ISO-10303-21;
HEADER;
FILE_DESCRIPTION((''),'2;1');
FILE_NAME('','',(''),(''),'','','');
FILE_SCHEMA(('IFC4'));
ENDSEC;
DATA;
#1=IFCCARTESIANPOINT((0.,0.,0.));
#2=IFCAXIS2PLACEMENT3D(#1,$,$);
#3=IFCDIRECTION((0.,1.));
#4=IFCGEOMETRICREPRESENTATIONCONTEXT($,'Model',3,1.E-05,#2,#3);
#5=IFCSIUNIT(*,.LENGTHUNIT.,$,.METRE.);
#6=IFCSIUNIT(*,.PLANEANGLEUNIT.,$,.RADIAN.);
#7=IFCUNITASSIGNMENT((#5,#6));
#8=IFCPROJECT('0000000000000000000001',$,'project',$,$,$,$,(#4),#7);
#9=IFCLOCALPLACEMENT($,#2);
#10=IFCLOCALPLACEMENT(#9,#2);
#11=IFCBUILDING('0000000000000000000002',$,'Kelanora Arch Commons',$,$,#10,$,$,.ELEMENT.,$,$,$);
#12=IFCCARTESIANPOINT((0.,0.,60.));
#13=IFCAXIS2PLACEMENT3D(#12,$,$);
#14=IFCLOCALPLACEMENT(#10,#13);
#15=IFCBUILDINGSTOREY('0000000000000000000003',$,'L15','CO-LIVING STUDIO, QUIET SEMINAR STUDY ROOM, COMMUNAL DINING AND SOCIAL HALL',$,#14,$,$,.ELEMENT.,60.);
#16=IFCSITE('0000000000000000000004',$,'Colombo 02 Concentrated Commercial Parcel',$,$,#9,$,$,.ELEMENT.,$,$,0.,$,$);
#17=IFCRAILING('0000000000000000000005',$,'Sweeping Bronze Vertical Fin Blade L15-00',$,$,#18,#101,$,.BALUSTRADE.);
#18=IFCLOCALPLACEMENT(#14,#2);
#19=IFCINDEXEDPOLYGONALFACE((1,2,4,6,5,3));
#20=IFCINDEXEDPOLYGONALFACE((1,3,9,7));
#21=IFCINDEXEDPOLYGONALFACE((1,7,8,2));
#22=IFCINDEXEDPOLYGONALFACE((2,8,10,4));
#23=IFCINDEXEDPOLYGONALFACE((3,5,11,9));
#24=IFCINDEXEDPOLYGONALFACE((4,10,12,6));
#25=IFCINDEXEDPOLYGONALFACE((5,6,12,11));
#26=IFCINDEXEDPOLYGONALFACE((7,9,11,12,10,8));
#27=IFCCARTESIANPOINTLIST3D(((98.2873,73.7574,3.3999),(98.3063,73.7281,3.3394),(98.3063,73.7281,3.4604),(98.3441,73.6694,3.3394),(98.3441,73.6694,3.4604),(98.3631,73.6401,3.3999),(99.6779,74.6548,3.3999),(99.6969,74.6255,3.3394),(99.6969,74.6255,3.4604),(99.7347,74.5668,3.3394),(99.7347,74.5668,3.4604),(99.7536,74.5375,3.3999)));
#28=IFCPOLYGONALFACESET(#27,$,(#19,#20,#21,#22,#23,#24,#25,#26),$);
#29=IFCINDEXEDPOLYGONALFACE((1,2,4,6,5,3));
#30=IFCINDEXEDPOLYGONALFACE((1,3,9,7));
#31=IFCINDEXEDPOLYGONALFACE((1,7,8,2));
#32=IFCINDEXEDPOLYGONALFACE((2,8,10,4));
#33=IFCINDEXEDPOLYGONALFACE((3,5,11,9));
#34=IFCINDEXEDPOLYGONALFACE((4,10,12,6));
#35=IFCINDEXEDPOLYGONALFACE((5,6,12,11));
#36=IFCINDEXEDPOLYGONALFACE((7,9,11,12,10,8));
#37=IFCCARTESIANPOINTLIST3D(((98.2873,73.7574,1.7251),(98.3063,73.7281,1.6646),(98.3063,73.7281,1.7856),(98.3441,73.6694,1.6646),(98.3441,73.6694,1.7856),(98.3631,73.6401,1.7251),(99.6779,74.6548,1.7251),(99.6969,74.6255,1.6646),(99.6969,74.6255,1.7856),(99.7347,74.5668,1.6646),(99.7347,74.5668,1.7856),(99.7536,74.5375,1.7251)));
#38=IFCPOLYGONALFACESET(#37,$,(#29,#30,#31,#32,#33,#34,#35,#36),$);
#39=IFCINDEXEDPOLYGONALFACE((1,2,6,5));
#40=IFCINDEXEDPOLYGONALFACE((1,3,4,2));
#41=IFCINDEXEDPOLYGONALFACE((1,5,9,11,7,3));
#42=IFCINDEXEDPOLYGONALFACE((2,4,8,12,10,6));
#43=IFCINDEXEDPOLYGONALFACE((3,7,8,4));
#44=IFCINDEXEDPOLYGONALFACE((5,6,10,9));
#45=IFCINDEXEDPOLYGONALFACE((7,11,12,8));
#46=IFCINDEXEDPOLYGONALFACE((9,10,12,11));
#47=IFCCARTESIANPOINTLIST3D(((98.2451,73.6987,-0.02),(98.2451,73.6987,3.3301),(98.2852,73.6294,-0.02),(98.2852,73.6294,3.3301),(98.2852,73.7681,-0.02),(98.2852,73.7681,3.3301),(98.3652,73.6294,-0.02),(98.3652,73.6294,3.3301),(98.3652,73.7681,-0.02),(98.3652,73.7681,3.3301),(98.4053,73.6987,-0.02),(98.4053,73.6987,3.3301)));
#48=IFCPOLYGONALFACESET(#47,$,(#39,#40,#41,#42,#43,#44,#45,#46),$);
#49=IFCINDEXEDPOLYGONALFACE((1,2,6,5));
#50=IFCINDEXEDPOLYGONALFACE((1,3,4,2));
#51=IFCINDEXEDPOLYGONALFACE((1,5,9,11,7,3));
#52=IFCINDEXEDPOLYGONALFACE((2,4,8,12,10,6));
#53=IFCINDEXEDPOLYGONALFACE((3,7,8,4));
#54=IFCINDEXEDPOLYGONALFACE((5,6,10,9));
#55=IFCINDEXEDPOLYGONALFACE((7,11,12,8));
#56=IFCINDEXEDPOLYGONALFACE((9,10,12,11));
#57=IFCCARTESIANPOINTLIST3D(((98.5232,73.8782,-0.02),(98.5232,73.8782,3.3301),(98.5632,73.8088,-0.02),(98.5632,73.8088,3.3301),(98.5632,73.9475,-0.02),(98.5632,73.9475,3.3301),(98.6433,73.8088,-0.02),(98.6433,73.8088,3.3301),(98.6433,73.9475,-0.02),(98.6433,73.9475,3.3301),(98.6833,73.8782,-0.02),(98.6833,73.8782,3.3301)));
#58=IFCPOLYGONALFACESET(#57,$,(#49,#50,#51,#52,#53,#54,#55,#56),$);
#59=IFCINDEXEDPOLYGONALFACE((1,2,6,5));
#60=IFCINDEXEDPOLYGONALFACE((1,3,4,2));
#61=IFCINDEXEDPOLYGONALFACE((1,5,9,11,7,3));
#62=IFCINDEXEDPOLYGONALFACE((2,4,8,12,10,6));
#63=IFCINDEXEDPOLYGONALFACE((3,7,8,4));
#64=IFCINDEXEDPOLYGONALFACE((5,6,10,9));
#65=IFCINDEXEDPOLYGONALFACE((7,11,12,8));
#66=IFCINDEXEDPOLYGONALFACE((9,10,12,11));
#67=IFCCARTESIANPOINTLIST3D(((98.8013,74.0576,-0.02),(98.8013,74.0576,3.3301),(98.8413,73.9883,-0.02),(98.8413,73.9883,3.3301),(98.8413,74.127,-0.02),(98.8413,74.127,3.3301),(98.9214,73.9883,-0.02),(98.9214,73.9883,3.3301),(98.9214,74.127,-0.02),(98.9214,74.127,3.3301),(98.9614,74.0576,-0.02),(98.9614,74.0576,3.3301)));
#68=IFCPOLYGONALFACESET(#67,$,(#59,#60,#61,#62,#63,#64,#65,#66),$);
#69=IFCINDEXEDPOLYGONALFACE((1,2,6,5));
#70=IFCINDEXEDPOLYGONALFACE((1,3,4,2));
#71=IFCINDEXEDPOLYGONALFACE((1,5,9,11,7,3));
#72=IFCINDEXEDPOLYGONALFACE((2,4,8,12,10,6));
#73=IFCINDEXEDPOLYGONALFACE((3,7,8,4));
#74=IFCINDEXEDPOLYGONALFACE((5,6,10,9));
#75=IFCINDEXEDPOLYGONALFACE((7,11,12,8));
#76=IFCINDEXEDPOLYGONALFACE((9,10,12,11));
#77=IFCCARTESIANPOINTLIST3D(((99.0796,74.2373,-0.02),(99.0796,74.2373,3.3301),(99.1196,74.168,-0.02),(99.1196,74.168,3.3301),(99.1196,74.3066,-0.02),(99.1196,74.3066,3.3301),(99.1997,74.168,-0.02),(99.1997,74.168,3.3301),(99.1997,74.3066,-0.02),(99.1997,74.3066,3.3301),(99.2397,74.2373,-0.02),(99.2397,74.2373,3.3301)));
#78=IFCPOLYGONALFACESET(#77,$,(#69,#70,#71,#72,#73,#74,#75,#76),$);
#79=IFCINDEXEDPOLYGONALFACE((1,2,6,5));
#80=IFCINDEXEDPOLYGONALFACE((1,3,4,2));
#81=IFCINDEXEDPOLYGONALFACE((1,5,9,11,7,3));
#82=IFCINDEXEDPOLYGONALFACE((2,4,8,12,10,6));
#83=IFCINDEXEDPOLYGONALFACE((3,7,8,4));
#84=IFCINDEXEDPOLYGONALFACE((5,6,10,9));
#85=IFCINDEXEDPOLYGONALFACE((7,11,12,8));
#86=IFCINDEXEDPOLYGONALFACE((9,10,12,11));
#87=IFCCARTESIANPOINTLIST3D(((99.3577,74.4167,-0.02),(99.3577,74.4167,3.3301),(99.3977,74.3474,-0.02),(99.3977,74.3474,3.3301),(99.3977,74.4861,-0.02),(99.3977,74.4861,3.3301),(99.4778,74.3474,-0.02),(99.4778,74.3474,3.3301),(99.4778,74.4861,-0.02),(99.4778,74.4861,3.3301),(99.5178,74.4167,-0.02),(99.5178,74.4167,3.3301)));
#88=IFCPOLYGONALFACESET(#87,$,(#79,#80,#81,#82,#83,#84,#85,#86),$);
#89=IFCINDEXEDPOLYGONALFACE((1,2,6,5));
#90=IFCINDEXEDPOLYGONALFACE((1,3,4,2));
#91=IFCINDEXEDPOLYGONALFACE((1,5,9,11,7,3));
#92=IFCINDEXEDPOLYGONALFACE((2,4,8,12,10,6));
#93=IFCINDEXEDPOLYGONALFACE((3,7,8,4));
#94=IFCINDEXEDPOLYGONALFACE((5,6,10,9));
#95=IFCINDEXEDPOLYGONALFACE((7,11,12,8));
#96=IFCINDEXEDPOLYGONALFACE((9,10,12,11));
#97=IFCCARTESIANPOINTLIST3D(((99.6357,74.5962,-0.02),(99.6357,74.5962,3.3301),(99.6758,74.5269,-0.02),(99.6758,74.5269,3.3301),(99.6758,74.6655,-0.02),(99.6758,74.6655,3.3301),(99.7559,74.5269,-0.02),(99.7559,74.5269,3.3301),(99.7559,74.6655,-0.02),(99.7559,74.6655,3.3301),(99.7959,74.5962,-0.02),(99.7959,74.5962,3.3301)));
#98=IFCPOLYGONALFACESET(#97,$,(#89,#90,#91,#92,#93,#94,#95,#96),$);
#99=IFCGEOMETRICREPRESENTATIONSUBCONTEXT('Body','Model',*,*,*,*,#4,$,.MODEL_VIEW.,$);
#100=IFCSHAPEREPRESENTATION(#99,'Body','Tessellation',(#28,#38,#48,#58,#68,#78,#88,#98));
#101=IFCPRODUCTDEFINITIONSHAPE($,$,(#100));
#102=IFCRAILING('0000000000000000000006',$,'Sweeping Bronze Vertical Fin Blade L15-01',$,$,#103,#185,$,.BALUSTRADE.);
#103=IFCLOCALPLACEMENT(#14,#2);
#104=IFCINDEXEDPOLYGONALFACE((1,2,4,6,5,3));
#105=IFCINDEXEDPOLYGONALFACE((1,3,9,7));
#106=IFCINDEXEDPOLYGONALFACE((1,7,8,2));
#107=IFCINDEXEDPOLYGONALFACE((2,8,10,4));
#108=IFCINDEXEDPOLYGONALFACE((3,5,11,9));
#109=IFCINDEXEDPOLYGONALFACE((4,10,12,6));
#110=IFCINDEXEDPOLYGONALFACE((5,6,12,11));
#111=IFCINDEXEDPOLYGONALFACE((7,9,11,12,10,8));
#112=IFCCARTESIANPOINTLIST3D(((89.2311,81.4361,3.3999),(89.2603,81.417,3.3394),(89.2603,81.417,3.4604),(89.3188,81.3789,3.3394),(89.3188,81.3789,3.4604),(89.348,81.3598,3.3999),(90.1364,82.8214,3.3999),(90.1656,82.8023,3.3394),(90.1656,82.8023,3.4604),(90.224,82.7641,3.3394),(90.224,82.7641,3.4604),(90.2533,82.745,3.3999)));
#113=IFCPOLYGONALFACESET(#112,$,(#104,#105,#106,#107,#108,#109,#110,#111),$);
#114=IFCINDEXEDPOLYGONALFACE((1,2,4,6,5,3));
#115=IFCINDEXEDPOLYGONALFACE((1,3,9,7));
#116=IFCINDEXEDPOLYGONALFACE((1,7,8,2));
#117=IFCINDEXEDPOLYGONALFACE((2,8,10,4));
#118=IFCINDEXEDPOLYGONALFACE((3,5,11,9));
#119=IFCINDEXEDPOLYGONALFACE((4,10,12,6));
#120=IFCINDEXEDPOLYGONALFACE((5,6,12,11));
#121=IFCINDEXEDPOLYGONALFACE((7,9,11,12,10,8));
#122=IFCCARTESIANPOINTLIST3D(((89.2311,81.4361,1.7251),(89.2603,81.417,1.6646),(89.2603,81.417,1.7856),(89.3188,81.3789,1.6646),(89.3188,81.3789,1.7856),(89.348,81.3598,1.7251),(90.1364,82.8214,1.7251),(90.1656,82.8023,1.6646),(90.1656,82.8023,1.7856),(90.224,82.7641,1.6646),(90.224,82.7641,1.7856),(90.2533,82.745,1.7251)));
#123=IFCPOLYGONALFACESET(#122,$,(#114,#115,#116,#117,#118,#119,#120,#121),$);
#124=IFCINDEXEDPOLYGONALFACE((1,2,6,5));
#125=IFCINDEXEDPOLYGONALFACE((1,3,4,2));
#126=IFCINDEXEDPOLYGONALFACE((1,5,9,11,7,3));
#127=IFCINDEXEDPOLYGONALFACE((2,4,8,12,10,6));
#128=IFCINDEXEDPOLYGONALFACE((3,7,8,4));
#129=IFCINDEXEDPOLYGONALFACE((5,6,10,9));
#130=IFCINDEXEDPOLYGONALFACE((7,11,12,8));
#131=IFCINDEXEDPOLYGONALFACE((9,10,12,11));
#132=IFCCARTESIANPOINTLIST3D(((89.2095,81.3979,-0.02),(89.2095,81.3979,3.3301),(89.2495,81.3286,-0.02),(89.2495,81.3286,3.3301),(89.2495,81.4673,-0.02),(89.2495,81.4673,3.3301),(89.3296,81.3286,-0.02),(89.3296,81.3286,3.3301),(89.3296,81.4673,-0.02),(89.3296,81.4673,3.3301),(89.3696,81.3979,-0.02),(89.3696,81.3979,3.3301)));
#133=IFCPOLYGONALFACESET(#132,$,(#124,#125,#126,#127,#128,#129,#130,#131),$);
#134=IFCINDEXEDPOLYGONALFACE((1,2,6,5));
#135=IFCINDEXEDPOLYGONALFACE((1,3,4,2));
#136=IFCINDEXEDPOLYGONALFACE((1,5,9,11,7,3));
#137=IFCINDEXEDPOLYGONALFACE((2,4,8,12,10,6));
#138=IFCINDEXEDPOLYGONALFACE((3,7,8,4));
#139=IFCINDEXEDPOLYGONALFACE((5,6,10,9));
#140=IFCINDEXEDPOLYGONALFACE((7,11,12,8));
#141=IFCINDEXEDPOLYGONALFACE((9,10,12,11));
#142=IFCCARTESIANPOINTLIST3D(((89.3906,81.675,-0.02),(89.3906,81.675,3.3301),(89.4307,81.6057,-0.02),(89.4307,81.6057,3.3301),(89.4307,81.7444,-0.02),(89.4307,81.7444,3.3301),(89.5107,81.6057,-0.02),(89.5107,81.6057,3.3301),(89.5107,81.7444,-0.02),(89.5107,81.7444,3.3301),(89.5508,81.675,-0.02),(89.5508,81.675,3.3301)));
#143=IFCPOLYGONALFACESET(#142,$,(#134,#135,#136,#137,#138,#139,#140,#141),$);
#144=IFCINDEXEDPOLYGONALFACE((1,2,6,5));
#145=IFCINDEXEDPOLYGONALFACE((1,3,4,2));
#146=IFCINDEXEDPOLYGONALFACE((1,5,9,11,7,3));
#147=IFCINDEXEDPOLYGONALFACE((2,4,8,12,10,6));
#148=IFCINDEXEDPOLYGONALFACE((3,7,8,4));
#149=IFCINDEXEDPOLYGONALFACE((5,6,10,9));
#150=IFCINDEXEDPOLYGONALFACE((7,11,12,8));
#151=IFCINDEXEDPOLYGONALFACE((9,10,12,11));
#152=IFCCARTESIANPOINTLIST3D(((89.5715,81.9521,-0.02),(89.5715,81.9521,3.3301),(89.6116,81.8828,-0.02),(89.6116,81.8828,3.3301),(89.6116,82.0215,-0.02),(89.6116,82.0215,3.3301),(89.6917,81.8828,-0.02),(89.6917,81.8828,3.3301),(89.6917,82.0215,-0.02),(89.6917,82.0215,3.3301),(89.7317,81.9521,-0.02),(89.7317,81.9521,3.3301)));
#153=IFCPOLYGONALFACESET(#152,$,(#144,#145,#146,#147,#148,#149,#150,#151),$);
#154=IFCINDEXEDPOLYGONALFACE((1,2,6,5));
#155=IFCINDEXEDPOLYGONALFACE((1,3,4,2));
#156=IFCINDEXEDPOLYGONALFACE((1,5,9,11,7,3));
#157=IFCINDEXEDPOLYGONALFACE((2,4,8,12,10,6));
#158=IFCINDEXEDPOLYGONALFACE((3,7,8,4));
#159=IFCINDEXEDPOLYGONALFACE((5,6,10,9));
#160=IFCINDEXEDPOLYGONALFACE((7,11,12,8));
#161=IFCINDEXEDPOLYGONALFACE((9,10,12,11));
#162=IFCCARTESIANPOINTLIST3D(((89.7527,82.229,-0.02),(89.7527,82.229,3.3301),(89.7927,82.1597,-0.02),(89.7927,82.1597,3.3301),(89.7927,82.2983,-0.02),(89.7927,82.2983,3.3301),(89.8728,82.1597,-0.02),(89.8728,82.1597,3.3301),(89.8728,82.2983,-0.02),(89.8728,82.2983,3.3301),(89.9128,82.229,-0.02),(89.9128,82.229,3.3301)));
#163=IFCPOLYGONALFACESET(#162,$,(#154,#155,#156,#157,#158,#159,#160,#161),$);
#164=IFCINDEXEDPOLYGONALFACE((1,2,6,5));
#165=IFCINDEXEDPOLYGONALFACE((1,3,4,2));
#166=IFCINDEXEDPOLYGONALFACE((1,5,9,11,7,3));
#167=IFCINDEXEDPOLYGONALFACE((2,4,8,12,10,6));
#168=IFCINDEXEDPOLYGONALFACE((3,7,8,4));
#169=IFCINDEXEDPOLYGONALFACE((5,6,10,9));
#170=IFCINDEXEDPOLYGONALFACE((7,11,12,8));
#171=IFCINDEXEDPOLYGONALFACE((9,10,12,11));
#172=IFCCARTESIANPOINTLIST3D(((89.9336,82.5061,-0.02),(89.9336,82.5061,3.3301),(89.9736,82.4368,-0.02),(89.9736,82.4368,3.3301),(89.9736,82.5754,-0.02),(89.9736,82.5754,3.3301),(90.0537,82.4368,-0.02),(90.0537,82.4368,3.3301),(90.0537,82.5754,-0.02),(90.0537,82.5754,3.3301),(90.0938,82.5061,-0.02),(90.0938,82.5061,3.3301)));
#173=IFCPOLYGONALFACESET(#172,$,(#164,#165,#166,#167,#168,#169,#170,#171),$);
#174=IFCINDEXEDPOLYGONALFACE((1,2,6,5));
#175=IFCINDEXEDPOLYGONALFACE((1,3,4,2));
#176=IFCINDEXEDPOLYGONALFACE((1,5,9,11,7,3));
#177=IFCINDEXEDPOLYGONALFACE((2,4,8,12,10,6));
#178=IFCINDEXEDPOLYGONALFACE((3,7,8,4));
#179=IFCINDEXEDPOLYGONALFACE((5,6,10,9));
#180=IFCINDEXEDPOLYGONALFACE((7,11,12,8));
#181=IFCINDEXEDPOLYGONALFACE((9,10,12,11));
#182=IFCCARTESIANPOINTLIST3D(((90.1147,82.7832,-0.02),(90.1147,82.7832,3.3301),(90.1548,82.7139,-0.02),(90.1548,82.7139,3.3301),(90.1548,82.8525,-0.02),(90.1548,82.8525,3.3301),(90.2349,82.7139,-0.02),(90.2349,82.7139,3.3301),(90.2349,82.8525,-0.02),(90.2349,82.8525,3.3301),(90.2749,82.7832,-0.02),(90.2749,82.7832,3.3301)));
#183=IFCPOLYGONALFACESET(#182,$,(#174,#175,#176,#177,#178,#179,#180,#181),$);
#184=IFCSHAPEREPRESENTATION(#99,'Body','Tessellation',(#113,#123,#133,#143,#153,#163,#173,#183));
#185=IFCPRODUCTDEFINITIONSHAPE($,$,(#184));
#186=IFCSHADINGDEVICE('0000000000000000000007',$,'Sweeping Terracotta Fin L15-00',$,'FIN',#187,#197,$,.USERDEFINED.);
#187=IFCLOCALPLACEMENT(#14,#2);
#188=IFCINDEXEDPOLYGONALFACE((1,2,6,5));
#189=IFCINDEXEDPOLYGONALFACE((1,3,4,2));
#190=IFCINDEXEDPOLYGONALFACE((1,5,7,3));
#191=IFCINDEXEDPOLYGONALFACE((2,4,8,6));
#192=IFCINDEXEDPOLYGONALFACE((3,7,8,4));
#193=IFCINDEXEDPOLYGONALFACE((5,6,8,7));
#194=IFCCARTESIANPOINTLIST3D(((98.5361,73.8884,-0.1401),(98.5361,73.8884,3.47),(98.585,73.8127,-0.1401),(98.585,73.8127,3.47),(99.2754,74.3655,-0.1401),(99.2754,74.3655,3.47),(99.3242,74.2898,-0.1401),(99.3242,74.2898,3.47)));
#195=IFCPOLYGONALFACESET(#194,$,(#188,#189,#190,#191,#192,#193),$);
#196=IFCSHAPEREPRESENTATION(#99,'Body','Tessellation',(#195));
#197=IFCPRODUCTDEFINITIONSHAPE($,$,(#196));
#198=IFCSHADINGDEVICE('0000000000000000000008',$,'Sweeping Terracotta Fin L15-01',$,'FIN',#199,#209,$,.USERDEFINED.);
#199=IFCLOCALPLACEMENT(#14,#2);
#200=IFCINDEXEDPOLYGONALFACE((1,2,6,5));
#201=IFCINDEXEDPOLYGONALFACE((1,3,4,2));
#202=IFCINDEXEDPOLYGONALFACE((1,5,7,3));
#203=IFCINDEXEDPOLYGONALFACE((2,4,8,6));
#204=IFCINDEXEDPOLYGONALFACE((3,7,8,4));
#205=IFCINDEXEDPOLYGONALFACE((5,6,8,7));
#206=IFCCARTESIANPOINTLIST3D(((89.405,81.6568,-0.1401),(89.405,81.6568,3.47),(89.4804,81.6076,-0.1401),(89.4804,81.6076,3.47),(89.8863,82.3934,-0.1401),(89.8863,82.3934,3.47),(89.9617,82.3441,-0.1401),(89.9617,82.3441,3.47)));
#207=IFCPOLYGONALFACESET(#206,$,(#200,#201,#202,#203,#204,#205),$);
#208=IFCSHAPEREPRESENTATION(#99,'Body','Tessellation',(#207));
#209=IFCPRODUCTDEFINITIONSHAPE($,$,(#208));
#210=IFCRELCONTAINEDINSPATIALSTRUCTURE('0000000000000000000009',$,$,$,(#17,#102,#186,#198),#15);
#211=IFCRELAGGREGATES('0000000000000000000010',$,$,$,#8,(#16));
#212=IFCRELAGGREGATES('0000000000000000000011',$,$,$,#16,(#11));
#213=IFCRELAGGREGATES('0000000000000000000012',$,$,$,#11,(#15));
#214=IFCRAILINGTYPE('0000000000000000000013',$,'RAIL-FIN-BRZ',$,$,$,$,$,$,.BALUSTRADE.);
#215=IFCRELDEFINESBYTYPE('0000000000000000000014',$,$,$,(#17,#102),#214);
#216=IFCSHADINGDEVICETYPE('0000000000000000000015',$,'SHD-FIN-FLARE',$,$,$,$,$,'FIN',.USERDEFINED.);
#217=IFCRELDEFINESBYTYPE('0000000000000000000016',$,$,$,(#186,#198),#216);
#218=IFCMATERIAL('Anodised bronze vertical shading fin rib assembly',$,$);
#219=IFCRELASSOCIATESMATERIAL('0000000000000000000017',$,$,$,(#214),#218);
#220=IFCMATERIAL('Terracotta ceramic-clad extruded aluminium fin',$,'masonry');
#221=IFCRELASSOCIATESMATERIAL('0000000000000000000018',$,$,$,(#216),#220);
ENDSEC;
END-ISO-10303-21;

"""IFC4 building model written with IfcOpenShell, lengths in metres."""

from ifc_helpers import new_model, si_unit, direction, frame, origin, origin_2d, place, context, subcontext, project, spatial, polyline, rectangle, outline, extrude, source, transform, mapped, material, type_object, element, save


model = new_model("IFC4")

# Units and contexts
model_context = context("Model", 3, precision=1e-05, world=origin(), true_north=direction((0.0, 1.0)))
body_context = subcontext(model_context, "Body", "Model", "MODEL_VIEW")
ifc_project = project(units=[si_unit("LENGTHUNIT", "METRE"), si_unit("PLANEANGLEUNIT", "RADIAN")], contexts=[model_context])

# Site, building, storey
site_placement = place(None, origin())
site = spatial("IfcSite", under=ifc_project, at=site_placement, Name="Colombo 02 Concentrated Commercial Parcel", CompositionType="ELEMENT", RefElevation=0.0)
building_placement = place(site_placement, origin())
building = spatial("IfcBuilding", under=site, at=building_placement, Name="Kelanora Arch Commons", CompositionType="ELEMENT")
storey_placement = place(building_placement, frame((0.0, 0.0, 60.0)))
storey = spatial("IfcBuildingStorey", under=building, at=storey_placement, Name="L15", Description="CO-LIVING STUDIO, QUIET SEMINAR STUDY ROOM, COMMUNAL DINING AND SOCIAL HALL", CompositionType="ELEMENT", Elevation=60.0)

# Railings
ifc_material_1 = material(Name="Anodised bronze vertical shading fin rib assembly")
railing_type = type_object("IfcRailingType", Name="RAIL-FIN-BRZ", PredefinedType="BALUSTRADE", material=ifc_material_1)
railing_1_placement = place(storey_placement, frame((98.3252, 73.6987, -0.02)))
element("IfcRailing", 1, at=railing_1_placement, inside=storey, type_object=railing_type, Name="Sweeping Bronze Vertical Fin Blade L15-00", PredefinedType="BALUSTRADE", context=body_context, shape_type="SweptSolid", body=[
    extrude(outline(polyline([(0.0698, 0.0), (0.0349, 0.0605), (-0.0349, 0.0605), (-0.0698, 0.0), (-0.0349, -0.0605), (0.0349, -0.0605), (0.0698, 0.0)])), frame((0.0, 0.0, 3.4199), z_axis=(0.840219, 0.542248, 0.0), x_axis=(-0.542248, 0.840219, 0.0)), (0.0, 0.0, 1.0), 1.655),
    extrude(outline(polyline([(0.0698, 0.0), (0.0349, 0.0605), (-0.0349, 0.0605), (-0.0698, 0.0), (-0.0349, -0.0605), (0.0349, -0.0605), (0.0698, 0.0)])), frame((0.0, 0.0, 1.7451), z_axis=(0.840219, 0.542248, 0.0), x_axis=(-0.542248, 0.840219, 0.0)), (0.0, 0.0, 1.0), 1.655),
    extrude(outline(polyline([(0.0801, 0.0), (0.04, 0.0693), (-0.04, 0.0693), (-0.0801, 0.0), (-0.04, -0.0693), (0.04, -0.0693), (0.0801, 0.0)])), origin(), (0.0, 0.0, 1.0), 3.3501),
    extrude(outline(polyline([(0.0801, 0.0), (0.04, 0.0693), (-0.04, 0.0693), (-0.0801, 0.0), (-0.04, -0.0693), (0.04, -0.0693), (0.0801, 0.0)])), frame((0.2781, 0.1794, 0.0)), (0.0, 0.0, 1.0), 3.3501),
    extrude(outline(polyline([(0.0801, 0.0), (0.04, 0.0693), (-0.04, 0.0693), (-0.0801, 0.0), (-0.04, -0.0693), (0.04, -0.0693), (0.0801, 0.0)])), frame((0.5562, 0.3589, 0.0)), (0.0, 0.0, 1.0), 3.3501),
    extrude(outline(polyline([(0.0801, 0.0), (0.04, 0.0693), (-0.04, 0.0693), (-0.0801, 0.0), (-0.04, -0.0693), (0.04, -0.0693), (0.0801, 0.0)])), frame((0.8345, 0.5386, 0.0)), (0.0, 0.0, 1.0), 3.3501),
    extrude(outline(polyline([(0.0801, 0.0), (0.04, 0.0693), (-0.04, 0.0693), (-0.0801, 0.0), (-0.04, -0.0693), (0.04, -0.0693), (0.0801, 0.0)])), frame((1.1125, 0.718, 0.0)), (0.0, 0.0, 1.0), 3.3501),
    extrude(outline(polyline([(0.0801, 0.0), (0.04, 0.0693), (-0.04, 0.0693), (-0.0801, 0.0), (-0.04, -0.0693), (0.04, -0.0693), (0.0801, 0.0)])), frame((1.3906, 0.8975, 0.0)), (0.0, 0.0, 1.0), 3.3501),
])
railing_2_placement = place(storey_placement, frame((89.2896, 81.3979, -0.02)))
element("IfcRailing", 2, at=railing_2_placement, inside=storey, type_object=railing_type, Name="Sweeping Bronze Vertical Fin Blade L15-01", PredefinedType="BALUSTRADE", context=body_context, shape_type="SweptSolid", body=[
    extrude(outline(polyline([(0.0698, 0.0), (0.0349, 0.0605), (-0.0349, 0.0605), (-0.0698, 0.0), (-0.0349, -0.0605), (0.0349, -0.0605), (0.0698, 0.0)])), frame((0.0, 0.0, 3.4199), z_axis=(0.547051, 0.8371, 0.0), x_axis=(-0.8371, 0.547051, 0.0)), (0.0, 0.0, 1.0), 1.6548),
    extrude(outline(polyline([(0.0698, 0.0), (0.0349, 0.0605), (-0.0349, 0.0605), (-0.0698, 0.0), (-0.0349, -0.0605), (0.0349, -0.0605), (0.0698, 0.0)])), frame((0.0, 0.0, 1.7451), z_axis=(0.547051, 0.8371, 0.0), x_axis=(-0.8371, 0.547051, 0.0)), (0.0, 0.0, 1.0), 1.6548),
    extrude(outline(polyline([(0.0801, 0.0), (0.04, 0.0693), (-0.04, 0.0693), (-0.0801, 0.0), (-0.04, -0.0693), (0.04, -0.0693), (0.0801, 0.0)])), origin(), (0.0, 0.0, 1.0), 3.3501),
    extrude(outline(polyline([(0.0801, 0.0), (0.04, 0.0693), (-0.04, 0.0693), (-0.0801, 0.0), (-0.04, -0.0693), (0.04, -0.0693), (0.0801, 0.0)])), frame((0.1812, 0.2771, 0.0)), (0.0, 0.0, 1.0), 3.3501),
    extrude(outline(polyline([(0.0801, 0.0), (0.04, 0.0693), (-0.04, 0.0693), (-0.0801, 0.0), (-0.04, -0.0693), (0.04, -0.0693), (0.0801, 0.0)])), frame((0.3621, 0.5542, 0.0)), (0.0, 0.0, 1.0), 3.3501),
    extrude(outline(polyline([(0.0801, 0.0), (0.04, 0.0693), (-0.04, 0.0693), (-0.0801, 0.0), (-0.04, -0.0693), (0.04, -0.0693), (0.0801, 0.0)])), frame((0.5432, 0.8311, 0.0)), (0.0, 0.0, 1.0), 3.3501),
    extrude(outline(polyline([(0.0801, 0.0), (0.04, 0.0693), (-0.04, 0.0693), (-0.0801, 0.0), (-0.04, -0.0693), (0.04, -0.0693), (0.0801, 0.0)])), frame((0.7241, 1.1082, 0.0)), (0.0, 0.0, 1.0), 3.3501),
    extrude(outline(polyline([(0.0801, 0.0), (0.04, 0.0693), (-0.04, 0.0693), (-0.0801, 0.0), (-0.04, -0.0693), (0.04, -0.0693), (0.0801, 0.0)])), frame((0.9053, 1.3853, 0.0)), (0.0, 0.0, 1.0), 3.3501),
])

# Shading devices
ifc_material_2 = material(Name="Terracotta ceramic-clad extruded aluminium fin", Category="masonry")
shading_device_type = type_object("IfcShadingDeviceType", Name="SHD-FIN-FLARE", ElementType="FIN", PredefinedType="USERDEFINED", material=ifc_material_2)
shared_shape_1 = source(origin(), body_context, "Body", "SweptSolid", [
    extrude(rectangle(XDim=0.8799, YDim=0.0901, at=origin_2d()), origin(), (0.0, 0.0, 1.0), 3.6101),
])
for number, where, z_axis, x_axis, name in (
    (3, (98.9302, 74.0891, -0.1401), (0.0, 0.0, 1.0), (0.840188, 0.542295, 0.0), "Sweeping Terracotta Fin L15-00"),
    (4, (89.6833, 82.0005, -0.1401), (0.0, 0.0, 1.0), (0.546979, 0.837146, 0.0), "Sweeping Terracotta Fin L15-01"),
):
    element("IfcShadingDevice", number, at=place(storey_placement, frame(where, z_axis=z_axis, x_axis=x_axis)), inside=storey, type_object=shading_device_type, Name=name, ObjectType="FIN", PredefinedType="USERDEFINED", context=body_context, shape_type="MappedRepresentation", body=[
        mapped(shared_shape_1, transform((0.0, 0.0, 0.0), scale=1.0)),
    ])

save(model, "model.ifc")
